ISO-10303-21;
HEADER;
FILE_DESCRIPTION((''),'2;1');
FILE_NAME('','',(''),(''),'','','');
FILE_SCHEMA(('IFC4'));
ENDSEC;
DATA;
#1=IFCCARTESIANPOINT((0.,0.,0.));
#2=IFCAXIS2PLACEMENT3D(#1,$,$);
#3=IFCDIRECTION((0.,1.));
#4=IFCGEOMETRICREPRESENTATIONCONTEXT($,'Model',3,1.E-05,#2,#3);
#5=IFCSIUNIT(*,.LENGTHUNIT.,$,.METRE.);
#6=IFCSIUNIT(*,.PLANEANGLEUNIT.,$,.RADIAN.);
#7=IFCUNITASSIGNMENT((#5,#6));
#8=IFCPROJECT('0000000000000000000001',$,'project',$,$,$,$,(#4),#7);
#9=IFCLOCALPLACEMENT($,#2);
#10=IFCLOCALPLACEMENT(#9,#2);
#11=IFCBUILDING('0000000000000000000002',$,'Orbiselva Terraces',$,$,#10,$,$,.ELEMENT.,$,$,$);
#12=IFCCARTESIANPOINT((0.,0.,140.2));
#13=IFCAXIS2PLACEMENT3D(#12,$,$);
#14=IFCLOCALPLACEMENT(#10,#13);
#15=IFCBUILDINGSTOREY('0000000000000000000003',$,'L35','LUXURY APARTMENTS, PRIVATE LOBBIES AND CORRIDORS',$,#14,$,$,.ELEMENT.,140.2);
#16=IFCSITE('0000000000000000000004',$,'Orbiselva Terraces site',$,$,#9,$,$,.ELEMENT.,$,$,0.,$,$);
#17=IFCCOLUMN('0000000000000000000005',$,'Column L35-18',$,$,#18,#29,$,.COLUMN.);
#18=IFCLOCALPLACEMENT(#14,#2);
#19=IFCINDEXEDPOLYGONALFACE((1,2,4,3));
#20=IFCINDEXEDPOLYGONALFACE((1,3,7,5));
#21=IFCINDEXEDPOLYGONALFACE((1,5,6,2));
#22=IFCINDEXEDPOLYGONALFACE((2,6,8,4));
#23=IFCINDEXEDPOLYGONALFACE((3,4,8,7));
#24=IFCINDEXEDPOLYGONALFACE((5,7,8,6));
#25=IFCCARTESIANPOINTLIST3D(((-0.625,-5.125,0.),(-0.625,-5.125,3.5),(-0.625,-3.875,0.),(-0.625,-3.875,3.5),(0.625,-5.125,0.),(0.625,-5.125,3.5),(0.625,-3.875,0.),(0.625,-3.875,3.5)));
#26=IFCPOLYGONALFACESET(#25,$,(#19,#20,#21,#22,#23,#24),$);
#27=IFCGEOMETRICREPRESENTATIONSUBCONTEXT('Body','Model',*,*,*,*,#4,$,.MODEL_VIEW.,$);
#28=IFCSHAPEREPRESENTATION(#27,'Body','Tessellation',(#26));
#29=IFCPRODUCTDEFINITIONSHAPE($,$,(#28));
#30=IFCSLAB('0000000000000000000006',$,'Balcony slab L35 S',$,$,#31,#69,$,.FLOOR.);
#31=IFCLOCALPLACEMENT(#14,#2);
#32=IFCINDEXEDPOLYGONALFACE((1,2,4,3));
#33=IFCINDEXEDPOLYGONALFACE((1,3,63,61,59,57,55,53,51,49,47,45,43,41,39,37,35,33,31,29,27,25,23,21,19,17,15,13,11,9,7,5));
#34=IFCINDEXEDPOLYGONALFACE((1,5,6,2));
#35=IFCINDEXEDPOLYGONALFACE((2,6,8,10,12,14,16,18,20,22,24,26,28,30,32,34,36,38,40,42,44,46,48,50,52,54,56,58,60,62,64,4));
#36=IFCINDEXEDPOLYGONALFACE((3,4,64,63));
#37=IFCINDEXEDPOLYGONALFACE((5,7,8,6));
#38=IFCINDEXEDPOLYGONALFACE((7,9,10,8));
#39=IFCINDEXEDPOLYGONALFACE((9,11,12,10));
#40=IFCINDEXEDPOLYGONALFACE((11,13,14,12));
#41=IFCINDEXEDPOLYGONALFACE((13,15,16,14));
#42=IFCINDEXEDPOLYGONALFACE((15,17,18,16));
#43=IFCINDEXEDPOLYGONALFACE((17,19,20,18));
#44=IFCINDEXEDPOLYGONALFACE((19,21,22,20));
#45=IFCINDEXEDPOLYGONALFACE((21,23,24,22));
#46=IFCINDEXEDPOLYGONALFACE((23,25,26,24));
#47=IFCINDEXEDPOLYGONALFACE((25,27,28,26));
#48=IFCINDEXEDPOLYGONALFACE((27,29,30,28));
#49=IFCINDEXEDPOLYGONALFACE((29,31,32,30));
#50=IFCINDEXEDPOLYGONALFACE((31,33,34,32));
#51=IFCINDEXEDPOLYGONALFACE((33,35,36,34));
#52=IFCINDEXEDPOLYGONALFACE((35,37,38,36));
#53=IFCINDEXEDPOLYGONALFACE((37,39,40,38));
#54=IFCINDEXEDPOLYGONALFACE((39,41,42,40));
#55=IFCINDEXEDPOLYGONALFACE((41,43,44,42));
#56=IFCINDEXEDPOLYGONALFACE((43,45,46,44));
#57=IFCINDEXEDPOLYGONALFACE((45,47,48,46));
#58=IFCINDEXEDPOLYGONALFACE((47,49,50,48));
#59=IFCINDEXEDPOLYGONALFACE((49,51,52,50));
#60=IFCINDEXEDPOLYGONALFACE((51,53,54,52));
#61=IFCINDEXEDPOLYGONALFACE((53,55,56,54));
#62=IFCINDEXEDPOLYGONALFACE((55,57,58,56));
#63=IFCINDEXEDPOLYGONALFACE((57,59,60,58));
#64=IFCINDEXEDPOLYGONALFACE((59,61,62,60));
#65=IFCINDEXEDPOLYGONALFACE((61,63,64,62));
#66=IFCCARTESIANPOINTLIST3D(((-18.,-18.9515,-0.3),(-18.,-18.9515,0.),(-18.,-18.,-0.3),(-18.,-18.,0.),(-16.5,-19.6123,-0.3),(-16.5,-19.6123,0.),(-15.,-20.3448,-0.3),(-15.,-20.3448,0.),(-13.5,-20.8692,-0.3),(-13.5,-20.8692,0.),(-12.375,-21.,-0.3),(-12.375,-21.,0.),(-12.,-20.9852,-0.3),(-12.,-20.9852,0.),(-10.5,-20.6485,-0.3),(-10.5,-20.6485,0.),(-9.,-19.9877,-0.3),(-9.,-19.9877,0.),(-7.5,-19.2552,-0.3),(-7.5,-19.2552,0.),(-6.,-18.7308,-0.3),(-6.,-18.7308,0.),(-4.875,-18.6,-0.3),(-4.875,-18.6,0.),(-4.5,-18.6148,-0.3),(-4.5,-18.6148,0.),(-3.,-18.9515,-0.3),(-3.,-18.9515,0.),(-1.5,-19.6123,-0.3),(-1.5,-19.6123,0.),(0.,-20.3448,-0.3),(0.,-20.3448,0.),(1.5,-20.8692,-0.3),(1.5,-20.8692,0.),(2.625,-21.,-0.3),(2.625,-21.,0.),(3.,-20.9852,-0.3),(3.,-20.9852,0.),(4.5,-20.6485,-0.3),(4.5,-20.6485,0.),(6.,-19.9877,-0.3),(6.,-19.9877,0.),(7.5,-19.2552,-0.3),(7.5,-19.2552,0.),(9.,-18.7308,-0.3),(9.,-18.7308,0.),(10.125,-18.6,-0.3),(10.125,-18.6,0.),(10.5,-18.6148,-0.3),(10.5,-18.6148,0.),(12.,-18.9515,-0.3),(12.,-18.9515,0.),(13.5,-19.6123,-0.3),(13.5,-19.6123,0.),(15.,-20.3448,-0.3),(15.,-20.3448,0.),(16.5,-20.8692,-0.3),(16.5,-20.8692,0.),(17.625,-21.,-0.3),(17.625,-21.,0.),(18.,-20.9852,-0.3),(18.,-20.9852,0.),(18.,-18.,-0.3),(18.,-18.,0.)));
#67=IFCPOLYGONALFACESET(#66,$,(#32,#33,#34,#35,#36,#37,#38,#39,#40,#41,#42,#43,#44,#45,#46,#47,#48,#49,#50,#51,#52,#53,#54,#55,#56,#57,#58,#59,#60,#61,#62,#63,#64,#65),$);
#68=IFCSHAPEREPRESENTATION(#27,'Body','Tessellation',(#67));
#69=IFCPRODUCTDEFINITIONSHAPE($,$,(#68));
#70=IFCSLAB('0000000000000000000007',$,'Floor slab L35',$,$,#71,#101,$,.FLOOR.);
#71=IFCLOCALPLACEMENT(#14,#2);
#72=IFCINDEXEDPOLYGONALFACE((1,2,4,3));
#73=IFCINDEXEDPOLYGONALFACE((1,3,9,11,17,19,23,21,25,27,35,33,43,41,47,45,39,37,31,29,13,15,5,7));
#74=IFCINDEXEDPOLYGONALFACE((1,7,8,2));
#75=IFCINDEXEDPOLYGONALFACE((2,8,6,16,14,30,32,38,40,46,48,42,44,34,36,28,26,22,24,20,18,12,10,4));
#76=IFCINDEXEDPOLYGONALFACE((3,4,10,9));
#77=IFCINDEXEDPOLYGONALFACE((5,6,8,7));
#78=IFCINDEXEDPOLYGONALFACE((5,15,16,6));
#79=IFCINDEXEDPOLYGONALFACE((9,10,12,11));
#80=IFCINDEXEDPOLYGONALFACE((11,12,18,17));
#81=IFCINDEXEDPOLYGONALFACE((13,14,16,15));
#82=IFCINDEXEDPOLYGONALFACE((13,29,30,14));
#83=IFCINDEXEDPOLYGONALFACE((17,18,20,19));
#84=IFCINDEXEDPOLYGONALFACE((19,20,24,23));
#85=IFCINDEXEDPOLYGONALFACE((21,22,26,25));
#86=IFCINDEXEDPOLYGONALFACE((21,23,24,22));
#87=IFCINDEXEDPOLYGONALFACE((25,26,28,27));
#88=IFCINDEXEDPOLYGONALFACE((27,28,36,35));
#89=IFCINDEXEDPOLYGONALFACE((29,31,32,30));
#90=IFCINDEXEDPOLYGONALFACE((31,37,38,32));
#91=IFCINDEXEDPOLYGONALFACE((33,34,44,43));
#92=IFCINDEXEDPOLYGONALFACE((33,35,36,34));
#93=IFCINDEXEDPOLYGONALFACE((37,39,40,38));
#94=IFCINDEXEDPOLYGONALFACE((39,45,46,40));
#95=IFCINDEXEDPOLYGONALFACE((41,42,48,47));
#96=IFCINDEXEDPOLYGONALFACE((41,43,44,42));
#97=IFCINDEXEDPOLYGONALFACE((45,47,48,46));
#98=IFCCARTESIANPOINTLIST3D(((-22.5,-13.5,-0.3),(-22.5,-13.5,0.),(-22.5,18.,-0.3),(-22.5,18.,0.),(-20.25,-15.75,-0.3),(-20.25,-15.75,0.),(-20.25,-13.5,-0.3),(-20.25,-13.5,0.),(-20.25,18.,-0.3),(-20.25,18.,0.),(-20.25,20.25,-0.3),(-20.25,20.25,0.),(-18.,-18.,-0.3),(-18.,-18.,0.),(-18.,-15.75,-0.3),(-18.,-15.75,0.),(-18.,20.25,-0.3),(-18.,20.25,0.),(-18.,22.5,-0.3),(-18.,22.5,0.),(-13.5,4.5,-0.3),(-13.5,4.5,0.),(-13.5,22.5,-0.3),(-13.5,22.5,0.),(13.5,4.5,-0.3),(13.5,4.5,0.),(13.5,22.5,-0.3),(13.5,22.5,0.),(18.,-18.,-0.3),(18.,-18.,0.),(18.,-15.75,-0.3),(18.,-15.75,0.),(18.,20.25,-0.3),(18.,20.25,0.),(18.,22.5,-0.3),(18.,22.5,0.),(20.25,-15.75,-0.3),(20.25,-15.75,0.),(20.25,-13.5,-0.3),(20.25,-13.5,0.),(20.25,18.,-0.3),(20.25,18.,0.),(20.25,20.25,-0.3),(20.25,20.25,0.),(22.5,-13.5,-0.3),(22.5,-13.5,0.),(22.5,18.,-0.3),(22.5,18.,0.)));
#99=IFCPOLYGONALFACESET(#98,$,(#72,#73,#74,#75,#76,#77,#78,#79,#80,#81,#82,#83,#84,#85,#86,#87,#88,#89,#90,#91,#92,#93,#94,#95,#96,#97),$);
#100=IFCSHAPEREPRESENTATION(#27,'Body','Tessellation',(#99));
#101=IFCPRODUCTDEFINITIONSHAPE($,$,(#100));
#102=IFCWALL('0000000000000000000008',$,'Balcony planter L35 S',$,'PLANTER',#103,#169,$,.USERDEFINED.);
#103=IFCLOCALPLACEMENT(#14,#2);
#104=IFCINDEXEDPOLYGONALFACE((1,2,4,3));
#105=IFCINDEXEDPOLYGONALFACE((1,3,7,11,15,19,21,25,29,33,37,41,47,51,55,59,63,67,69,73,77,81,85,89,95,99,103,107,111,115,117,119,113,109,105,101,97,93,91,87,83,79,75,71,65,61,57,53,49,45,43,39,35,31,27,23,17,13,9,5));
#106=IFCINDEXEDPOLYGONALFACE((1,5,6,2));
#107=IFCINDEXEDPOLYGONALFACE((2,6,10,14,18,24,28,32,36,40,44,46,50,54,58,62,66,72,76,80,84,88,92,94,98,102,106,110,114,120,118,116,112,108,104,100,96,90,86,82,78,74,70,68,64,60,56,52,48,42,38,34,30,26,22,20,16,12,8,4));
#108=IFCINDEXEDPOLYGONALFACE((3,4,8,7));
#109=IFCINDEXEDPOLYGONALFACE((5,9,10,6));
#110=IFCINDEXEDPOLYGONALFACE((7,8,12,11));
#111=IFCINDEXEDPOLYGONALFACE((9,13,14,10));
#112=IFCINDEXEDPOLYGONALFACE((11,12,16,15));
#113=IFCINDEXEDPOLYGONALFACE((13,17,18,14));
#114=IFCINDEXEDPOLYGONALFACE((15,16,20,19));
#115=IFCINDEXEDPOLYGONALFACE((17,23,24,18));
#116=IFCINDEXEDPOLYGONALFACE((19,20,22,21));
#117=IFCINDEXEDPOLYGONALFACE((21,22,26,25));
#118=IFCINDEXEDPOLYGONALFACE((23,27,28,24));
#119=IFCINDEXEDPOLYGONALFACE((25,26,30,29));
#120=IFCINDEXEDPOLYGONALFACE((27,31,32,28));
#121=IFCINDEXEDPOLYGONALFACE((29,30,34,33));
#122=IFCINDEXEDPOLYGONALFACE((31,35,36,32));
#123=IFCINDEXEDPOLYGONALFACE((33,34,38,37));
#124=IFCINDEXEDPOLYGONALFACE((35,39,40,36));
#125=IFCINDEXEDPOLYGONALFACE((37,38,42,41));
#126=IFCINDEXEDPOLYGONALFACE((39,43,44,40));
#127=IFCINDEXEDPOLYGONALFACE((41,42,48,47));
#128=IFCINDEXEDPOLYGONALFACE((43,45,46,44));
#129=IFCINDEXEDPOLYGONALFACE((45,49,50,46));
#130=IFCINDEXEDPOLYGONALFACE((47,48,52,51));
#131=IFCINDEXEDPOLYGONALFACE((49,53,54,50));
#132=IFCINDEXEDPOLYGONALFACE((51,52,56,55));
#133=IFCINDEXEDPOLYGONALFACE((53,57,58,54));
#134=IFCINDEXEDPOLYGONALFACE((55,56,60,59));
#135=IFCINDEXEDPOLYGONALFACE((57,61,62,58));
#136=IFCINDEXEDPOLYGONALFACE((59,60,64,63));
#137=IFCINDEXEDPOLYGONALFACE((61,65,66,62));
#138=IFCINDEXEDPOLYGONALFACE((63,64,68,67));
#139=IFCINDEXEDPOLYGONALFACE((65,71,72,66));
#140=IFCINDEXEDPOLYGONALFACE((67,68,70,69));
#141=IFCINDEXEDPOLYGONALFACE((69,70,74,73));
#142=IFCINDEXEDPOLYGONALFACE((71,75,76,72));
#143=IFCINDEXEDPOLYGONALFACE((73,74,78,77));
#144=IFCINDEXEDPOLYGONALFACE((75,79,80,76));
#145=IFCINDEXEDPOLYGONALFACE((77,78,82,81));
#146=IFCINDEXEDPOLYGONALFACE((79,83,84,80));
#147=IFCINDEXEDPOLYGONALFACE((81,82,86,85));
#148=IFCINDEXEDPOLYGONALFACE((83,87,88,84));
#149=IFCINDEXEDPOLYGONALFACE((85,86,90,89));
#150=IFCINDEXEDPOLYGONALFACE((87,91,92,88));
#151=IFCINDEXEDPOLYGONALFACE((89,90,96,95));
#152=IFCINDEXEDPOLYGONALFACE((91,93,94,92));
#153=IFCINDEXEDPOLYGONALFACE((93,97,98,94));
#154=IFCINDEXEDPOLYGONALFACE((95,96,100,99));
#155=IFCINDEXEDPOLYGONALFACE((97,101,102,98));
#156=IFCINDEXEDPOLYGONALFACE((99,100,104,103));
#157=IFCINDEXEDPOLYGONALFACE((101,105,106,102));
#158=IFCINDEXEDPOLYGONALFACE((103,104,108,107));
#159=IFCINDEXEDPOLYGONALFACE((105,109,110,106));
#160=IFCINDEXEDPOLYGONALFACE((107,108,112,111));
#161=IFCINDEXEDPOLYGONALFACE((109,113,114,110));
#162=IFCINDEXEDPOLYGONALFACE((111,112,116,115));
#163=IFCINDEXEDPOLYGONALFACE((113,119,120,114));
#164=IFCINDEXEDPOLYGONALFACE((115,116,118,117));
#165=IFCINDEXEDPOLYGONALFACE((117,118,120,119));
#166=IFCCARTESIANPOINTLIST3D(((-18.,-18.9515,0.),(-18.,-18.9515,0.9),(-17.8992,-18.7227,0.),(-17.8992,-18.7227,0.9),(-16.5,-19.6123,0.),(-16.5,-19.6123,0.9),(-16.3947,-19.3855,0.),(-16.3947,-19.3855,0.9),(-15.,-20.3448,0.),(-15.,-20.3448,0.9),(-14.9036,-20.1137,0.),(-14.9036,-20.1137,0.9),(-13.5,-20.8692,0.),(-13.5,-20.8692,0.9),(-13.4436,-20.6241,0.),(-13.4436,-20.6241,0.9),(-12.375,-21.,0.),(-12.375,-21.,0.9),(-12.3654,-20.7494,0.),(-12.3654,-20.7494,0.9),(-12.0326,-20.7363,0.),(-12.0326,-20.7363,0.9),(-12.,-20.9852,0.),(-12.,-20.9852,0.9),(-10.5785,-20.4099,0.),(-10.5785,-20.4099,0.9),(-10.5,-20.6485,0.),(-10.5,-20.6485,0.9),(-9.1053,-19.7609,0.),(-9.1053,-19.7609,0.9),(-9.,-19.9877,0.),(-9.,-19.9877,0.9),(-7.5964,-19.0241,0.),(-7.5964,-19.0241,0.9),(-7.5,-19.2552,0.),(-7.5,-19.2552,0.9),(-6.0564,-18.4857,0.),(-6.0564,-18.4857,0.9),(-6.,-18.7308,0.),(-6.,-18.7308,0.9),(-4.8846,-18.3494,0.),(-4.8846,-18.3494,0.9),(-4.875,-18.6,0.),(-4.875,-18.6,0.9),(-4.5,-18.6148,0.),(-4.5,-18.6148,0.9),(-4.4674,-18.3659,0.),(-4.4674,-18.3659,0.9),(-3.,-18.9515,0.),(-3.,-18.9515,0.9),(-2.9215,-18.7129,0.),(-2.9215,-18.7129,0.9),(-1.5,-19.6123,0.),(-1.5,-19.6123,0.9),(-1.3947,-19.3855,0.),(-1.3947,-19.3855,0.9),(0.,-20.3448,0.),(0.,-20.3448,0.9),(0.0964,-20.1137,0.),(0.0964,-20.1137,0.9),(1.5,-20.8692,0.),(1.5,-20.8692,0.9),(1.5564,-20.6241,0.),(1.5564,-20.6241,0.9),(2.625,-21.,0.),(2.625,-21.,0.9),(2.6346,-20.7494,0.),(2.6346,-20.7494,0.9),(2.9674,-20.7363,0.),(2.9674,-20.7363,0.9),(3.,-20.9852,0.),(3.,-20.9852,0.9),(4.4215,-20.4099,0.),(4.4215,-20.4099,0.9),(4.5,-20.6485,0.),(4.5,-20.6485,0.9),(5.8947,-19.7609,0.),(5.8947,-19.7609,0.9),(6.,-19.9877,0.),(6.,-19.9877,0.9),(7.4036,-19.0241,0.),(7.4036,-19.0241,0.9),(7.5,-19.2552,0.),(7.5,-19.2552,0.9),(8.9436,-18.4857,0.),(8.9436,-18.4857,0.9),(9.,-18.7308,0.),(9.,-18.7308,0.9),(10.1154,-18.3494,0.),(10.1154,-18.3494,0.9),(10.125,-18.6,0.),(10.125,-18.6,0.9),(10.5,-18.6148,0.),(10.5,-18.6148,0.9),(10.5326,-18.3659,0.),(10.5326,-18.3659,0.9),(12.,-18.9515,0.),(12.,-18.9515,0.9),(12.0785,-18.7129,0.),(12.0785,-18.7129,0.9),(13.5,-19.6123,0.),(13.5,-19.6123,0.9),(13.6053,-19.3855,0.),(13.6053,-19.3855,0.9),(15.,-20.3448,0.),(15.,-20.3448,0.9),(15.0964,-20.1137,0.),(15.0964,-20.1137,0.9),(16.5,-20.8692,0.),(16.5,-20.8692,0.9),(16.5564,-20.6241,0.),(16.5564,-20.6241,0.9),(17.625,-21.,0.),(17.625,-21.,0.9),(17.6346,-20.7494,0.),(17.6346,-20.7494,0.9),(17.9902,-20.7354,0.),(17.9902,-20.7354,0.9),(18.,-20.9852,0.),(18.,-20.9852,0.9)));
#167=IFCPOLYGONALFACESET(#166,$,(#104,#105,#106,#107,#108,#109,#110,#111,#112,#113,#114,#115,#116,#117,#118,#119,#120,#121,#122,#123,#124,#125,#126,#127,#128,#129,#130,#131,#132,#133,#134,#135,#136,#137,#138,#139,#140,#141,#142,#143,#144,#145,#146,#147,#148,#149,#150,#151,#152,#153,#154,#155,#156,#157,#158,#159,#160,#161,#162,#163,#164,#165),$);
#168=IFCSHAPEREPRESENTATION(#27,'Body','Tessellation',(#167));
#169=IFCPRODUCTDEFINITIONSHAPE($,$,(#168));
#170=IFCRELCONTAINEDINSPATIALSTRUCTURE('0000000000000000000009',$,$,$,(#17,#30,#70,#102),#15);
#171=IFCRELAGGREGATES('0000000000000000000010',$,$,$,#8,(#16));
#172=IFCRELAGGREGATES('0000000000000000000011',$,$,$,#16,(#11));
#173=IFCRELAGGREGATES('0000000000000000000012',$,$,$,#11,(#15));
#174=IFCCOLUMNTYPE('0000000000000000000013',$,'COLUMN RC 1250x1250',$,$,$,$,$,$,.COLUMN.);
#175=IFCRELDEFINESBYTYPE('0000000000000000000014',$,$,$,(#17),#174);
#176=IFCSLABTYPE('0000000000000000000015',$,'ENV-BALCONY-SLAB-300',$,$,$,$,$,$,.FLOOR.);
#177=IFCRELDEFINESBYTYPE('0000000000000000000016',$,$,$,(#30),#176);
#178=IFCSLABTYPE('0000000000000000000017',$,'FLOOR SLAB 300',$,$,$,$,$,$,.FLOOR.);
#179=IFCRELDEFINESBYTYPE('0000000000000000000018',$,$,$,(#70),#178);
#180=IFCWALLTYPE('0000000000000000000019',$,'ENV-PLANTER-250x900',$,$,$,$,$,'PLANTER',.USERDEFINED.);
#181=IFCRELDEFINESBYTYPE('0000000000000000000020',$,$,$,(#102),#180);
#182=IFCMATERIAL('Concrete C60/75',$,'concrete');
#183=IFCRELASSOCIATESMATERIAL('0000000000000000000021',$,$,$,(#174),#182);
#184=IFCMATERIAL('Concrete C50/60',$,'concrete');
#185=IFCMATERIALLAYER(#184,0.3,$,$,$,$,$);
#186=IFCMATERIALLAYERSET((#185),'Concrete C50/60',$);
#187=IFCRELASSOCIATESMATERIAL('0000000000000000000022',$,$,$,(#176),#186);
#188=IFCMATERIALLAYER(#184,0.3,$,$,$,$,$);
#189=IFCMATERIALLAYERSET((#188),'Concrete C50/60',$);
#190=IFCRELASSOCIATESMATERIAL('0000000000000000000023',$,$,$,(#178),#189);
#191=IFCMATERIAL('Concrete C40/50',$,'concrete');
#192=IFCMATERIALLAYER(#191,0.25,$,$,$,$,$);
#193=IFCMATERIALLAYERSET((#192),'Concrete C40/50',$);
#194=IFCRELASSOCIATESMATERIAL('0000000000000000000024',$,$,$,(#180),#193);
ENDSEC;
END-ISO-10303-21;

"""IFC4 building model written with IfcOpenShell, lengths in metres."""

from ifc_helpers import new_model, si_unit, direction, frame, origin, origin_2d, place, context, subcontext, project, spatial, polyline, rectangle, outline, extrude, material, layer, layer_set, material_profile, profile_set, type_object, element, save


model = new_model("IFC4")

# Units and contexts
model_context = context("Model", 3, precision=1e-05, world=origin(), true_north=direction((0.0, 1.0)))
body_context = subcontext(model_context, "Body", "Model", "MODEL_VIEW")
ifc_project = project(units=[si_unit("LENGTHUNIT", "METRE"), si_unit("PLANEANGLEUNIT", "RADIAN")], contexts=[model_context])

# Site, building, storey
site_placement = place(None, origin())
site = spatial("IfcSite", under=ifc_project, at=site_placement, Name="Orbiselva Terraces site", CompositionType="ELEMENT", RefElevation=0.0)
building_placement = place(site_placement, origin())
building = spatial("IfcBuilding", under=site, at=building_placement, Name="Orbiselva Terraces", CompositionType="ELEMENT")
storey_placement = place(building_placement, frame((0.0, 0.0, 140.2)))
storey = spatial("IfcBuildingStorey", under=building, at=storey_placement, Name="L35", Description="LUXURY APARTMENTS, PRIVATE LOBBIES AND CORRIDORS", CompositionType="ELEMENT", Elevation=140.2)

# Column
ifc_material_1 = material(Name="Concrete C60/75", Category="concrete")
ifc_material_profile = material_profile(ifc_material_1, rectangle(XDim=1.25, YDim=1.25, at=origin_2d()), Name="RC 1250x1250")
ifc_profile_set = profile_set([ifc_material_profile], Name="Concrete C60/75")
column_type = type_object("IfcColumnType", Name="COLUMN RC 1250x1250", PredefinedType="COLUMN", material=ifc_profile_set)
column_placement = place(storey_placement, frame((0.0, -4.5, 0.0), z_axis=(0.0, 0.0, 1.0), x_axis=(1.0, 0.0, 0.0)))
element("IfcColumn", 1, at=column_placement, inside=storey, type_object=column_type, Name="Column L35-18", PredefinedType="COLUMN", context=body_context, shape_type="SweptSolid", body=[
    extrude(rectangle(XDim=1.25, YDim=1.25, at=origin_2d()), origin(), (0.0, 0.0, 1.0), 3.5),
])

# Slabs
ifc_material_2 = material(Name="Concrete C50/60", Category="concrete")
ifc_layer_1 = layer(ifc_material_2, 0.3)
ifc_layer_set_1 = layer_set([ifc_layer_1], Name="Concrete C50/60")
slab_type_1 = type_object("IfcSlabType", Name="ENV-BALCONY-SLAB-300", PredefinedType="FLOOR", material=ifc_layer_set_1)
slab_1_placement = place(storey_placement, frame((0.0, 0.0, -0.3)))
element("IfcSlab", 2, at=slab_1_placement, inside=storey, type_object=slab_type_1, Name="Balcony slab L35 S", PredefinedType="FLOOR", context=body_context, shape_type="SweptSolid", body=[
    extrude(outline(polyline([(-18.0, -18.9515), (-16.5, -19.6123), (-15.0, -20.3448), (-13.5, -20.8692), (-12.375, -21.0), (-12.0, -20.9852), (-10.5, -20.6485), (-9.0, -19.9877), (-7.5, -19.2552), (-6.0, -18.7308), (-4.875, -18.6), (-4.5, -18.6148), (-3.0, -18.9515), (-1.5, -19.6123), (0.0, -20.3448), (1.5, -20.8692), (2.625, -21.0), (3.0, -20.9852), (4.5, -20.6485), (6.0, -19.9877), (7.5, -19.2552), (9.0, -18.7308), (10.125, -18.6), (10.5, -18.6148), (12.0, -18.9515), (13.5, -19.6123), (15.0, -20.3448), (16.5, -20.8692), (17.625, -21.0), (18.0, -20.9852), (18.0, -18.0), (-18.0, -18.0), (-18.0, -18.9515)])), origin(), (0.0, 0.0, 1.0), 0.3),
])
ifc_layer_2 = layer(ifc_material_2, 0.3)
ifc_layer_set_2 = layer_set([ifc_layer_2], Name="Concrete C50/60")
slab_type_2 = type_object("IfcSlabType", Name="FLOOR SLAB 300", PredefinedType="FLOOR", material=ifc_layer_set_2)
slab_2_placement = place(storey_placement, frame((0.0, 0.0, -0.3)))
element("IfcSlab", 3, at=slab_2_placement, inside=storey, type_object=slab_type_2, Name="Floor slab L35", PredefinedType="FLOOR", context=body_context, shape_type="SweptSolid", body=[
    extrude(outline(polyline([(18.0, 22.5), (18.0, 20.25), (20.25, 20.25), (20.25, 18.0), (22.5, 18.0), (22.5, -13.5), (20.25, -13.5), (20.25, -15.75), (18.0, -15.75), (18.0, -18.0), (-18.0, -18.0), (-18.0, -15.75), (-20.25, -15.75), (-20.25, -13.5), (-22.5, -13.5), (-22.5, 18.0), (-20.25, 18.0), (-20.25, 20.25), (-18.0, 20.25), (-18.0, 22.5), (-13.5, 22.5), (-13.5, 4.5), (13.5, 4.5), (13.5, 22.5), (18.0, 22.5)])), origin(), (0.0, 0.0, 1.0), 0.3),
])

# Wall
ifc_material_3 = material(Name="Concrete C40/50", Category="concrete")
ifc_layer_3 = layer(ifc_material_3, 0.25)
ifc_layer_set_3 = layer_set([ifc_layer_3], Name="Concrete C40/50")
wall_type_1 = type_object("IfcWallType", Name="ENV-PLANTER-250x900", ElementType="PLANTER", PredefinedType="USERDEFINED", material=ifc_layer_set_3)
wall_1_placement = place(storey_placement, origin())
element("IfcWall", 4, at=wall_1_placement, inside=storey, type_object=wall_type_1, Name="Balcony planter L35 S", ObjectType="PLANTER", PredefinedType="USERDEFINED", context=body_context, shape_type="SweptSolid", body=[
    extrude(outline(polyline([(-18.0, -18.9515), (-16.5, -19.6123), (-15.0, -20.3448), (-13.5, -20.8692), (-12.375, -21.0), (-12.0, -20.9852), (-10.5, -20.6485), (-9.0, -19.9877), (-7.5, -19.2552), (-6.0, -18.7308), (-4.875, -18.6), (-4.5, -18.6148), (-3.0, -18.9515), (-1.5, -19.6123), (0.0, -20.3448), (1.5, -20.8692), (2.625, -21.0), (3.0, -20.9852), (4.5, -20.6485), (6.0, -19.9877), (7.5, -19.2552), (9.0, -18.7308), (10.125, -18.6), (10.5, -18.6148), (12.0, -18.9515), (13.5, -19.6123), (15.0, -20.3448), (16.5, -20.8692), (17.625, -21.0), (18.0, -20.9852), (17.9902, -20.7354), (17.6346, -20.7494), (16.5564, -20.6241), (15.0964, -20.1137), (13.6053, -19.3855), (12.0785, -18.7129), (10.5326, -18.3659), (10.1154, -18.3494), (8.9436, -18.4857), (7.4036, -19.0241), (5.8947, -19.7609), (4.4215, -20.4099), (2.9674, -20.7363), (2.6346, -20.7494), (1.5564, -20.6241), (0.0964, -20.1137), (-1.3947, -19.3855), (-2.9215, -18.7129), (-4.4674, -18.3659), (-4.8846, -18.3494), (-6.0564, -18.4857), (-7.5964, -19.0241), (-9.1053, -19.7609), (-10.5785, -20.4099), (-12.0326, -20.7363), (-12.3654, -20.7494), (-13.4436, -20.6241), (-14.9036, -20.1137), (-16.3947, -19.3855), (-17.8992, -18.7227), (-18.0, -18.9515)])), origin(), (0.0, 0.0, 1.0), 0.9),
])

save(model, "model.ifc")
